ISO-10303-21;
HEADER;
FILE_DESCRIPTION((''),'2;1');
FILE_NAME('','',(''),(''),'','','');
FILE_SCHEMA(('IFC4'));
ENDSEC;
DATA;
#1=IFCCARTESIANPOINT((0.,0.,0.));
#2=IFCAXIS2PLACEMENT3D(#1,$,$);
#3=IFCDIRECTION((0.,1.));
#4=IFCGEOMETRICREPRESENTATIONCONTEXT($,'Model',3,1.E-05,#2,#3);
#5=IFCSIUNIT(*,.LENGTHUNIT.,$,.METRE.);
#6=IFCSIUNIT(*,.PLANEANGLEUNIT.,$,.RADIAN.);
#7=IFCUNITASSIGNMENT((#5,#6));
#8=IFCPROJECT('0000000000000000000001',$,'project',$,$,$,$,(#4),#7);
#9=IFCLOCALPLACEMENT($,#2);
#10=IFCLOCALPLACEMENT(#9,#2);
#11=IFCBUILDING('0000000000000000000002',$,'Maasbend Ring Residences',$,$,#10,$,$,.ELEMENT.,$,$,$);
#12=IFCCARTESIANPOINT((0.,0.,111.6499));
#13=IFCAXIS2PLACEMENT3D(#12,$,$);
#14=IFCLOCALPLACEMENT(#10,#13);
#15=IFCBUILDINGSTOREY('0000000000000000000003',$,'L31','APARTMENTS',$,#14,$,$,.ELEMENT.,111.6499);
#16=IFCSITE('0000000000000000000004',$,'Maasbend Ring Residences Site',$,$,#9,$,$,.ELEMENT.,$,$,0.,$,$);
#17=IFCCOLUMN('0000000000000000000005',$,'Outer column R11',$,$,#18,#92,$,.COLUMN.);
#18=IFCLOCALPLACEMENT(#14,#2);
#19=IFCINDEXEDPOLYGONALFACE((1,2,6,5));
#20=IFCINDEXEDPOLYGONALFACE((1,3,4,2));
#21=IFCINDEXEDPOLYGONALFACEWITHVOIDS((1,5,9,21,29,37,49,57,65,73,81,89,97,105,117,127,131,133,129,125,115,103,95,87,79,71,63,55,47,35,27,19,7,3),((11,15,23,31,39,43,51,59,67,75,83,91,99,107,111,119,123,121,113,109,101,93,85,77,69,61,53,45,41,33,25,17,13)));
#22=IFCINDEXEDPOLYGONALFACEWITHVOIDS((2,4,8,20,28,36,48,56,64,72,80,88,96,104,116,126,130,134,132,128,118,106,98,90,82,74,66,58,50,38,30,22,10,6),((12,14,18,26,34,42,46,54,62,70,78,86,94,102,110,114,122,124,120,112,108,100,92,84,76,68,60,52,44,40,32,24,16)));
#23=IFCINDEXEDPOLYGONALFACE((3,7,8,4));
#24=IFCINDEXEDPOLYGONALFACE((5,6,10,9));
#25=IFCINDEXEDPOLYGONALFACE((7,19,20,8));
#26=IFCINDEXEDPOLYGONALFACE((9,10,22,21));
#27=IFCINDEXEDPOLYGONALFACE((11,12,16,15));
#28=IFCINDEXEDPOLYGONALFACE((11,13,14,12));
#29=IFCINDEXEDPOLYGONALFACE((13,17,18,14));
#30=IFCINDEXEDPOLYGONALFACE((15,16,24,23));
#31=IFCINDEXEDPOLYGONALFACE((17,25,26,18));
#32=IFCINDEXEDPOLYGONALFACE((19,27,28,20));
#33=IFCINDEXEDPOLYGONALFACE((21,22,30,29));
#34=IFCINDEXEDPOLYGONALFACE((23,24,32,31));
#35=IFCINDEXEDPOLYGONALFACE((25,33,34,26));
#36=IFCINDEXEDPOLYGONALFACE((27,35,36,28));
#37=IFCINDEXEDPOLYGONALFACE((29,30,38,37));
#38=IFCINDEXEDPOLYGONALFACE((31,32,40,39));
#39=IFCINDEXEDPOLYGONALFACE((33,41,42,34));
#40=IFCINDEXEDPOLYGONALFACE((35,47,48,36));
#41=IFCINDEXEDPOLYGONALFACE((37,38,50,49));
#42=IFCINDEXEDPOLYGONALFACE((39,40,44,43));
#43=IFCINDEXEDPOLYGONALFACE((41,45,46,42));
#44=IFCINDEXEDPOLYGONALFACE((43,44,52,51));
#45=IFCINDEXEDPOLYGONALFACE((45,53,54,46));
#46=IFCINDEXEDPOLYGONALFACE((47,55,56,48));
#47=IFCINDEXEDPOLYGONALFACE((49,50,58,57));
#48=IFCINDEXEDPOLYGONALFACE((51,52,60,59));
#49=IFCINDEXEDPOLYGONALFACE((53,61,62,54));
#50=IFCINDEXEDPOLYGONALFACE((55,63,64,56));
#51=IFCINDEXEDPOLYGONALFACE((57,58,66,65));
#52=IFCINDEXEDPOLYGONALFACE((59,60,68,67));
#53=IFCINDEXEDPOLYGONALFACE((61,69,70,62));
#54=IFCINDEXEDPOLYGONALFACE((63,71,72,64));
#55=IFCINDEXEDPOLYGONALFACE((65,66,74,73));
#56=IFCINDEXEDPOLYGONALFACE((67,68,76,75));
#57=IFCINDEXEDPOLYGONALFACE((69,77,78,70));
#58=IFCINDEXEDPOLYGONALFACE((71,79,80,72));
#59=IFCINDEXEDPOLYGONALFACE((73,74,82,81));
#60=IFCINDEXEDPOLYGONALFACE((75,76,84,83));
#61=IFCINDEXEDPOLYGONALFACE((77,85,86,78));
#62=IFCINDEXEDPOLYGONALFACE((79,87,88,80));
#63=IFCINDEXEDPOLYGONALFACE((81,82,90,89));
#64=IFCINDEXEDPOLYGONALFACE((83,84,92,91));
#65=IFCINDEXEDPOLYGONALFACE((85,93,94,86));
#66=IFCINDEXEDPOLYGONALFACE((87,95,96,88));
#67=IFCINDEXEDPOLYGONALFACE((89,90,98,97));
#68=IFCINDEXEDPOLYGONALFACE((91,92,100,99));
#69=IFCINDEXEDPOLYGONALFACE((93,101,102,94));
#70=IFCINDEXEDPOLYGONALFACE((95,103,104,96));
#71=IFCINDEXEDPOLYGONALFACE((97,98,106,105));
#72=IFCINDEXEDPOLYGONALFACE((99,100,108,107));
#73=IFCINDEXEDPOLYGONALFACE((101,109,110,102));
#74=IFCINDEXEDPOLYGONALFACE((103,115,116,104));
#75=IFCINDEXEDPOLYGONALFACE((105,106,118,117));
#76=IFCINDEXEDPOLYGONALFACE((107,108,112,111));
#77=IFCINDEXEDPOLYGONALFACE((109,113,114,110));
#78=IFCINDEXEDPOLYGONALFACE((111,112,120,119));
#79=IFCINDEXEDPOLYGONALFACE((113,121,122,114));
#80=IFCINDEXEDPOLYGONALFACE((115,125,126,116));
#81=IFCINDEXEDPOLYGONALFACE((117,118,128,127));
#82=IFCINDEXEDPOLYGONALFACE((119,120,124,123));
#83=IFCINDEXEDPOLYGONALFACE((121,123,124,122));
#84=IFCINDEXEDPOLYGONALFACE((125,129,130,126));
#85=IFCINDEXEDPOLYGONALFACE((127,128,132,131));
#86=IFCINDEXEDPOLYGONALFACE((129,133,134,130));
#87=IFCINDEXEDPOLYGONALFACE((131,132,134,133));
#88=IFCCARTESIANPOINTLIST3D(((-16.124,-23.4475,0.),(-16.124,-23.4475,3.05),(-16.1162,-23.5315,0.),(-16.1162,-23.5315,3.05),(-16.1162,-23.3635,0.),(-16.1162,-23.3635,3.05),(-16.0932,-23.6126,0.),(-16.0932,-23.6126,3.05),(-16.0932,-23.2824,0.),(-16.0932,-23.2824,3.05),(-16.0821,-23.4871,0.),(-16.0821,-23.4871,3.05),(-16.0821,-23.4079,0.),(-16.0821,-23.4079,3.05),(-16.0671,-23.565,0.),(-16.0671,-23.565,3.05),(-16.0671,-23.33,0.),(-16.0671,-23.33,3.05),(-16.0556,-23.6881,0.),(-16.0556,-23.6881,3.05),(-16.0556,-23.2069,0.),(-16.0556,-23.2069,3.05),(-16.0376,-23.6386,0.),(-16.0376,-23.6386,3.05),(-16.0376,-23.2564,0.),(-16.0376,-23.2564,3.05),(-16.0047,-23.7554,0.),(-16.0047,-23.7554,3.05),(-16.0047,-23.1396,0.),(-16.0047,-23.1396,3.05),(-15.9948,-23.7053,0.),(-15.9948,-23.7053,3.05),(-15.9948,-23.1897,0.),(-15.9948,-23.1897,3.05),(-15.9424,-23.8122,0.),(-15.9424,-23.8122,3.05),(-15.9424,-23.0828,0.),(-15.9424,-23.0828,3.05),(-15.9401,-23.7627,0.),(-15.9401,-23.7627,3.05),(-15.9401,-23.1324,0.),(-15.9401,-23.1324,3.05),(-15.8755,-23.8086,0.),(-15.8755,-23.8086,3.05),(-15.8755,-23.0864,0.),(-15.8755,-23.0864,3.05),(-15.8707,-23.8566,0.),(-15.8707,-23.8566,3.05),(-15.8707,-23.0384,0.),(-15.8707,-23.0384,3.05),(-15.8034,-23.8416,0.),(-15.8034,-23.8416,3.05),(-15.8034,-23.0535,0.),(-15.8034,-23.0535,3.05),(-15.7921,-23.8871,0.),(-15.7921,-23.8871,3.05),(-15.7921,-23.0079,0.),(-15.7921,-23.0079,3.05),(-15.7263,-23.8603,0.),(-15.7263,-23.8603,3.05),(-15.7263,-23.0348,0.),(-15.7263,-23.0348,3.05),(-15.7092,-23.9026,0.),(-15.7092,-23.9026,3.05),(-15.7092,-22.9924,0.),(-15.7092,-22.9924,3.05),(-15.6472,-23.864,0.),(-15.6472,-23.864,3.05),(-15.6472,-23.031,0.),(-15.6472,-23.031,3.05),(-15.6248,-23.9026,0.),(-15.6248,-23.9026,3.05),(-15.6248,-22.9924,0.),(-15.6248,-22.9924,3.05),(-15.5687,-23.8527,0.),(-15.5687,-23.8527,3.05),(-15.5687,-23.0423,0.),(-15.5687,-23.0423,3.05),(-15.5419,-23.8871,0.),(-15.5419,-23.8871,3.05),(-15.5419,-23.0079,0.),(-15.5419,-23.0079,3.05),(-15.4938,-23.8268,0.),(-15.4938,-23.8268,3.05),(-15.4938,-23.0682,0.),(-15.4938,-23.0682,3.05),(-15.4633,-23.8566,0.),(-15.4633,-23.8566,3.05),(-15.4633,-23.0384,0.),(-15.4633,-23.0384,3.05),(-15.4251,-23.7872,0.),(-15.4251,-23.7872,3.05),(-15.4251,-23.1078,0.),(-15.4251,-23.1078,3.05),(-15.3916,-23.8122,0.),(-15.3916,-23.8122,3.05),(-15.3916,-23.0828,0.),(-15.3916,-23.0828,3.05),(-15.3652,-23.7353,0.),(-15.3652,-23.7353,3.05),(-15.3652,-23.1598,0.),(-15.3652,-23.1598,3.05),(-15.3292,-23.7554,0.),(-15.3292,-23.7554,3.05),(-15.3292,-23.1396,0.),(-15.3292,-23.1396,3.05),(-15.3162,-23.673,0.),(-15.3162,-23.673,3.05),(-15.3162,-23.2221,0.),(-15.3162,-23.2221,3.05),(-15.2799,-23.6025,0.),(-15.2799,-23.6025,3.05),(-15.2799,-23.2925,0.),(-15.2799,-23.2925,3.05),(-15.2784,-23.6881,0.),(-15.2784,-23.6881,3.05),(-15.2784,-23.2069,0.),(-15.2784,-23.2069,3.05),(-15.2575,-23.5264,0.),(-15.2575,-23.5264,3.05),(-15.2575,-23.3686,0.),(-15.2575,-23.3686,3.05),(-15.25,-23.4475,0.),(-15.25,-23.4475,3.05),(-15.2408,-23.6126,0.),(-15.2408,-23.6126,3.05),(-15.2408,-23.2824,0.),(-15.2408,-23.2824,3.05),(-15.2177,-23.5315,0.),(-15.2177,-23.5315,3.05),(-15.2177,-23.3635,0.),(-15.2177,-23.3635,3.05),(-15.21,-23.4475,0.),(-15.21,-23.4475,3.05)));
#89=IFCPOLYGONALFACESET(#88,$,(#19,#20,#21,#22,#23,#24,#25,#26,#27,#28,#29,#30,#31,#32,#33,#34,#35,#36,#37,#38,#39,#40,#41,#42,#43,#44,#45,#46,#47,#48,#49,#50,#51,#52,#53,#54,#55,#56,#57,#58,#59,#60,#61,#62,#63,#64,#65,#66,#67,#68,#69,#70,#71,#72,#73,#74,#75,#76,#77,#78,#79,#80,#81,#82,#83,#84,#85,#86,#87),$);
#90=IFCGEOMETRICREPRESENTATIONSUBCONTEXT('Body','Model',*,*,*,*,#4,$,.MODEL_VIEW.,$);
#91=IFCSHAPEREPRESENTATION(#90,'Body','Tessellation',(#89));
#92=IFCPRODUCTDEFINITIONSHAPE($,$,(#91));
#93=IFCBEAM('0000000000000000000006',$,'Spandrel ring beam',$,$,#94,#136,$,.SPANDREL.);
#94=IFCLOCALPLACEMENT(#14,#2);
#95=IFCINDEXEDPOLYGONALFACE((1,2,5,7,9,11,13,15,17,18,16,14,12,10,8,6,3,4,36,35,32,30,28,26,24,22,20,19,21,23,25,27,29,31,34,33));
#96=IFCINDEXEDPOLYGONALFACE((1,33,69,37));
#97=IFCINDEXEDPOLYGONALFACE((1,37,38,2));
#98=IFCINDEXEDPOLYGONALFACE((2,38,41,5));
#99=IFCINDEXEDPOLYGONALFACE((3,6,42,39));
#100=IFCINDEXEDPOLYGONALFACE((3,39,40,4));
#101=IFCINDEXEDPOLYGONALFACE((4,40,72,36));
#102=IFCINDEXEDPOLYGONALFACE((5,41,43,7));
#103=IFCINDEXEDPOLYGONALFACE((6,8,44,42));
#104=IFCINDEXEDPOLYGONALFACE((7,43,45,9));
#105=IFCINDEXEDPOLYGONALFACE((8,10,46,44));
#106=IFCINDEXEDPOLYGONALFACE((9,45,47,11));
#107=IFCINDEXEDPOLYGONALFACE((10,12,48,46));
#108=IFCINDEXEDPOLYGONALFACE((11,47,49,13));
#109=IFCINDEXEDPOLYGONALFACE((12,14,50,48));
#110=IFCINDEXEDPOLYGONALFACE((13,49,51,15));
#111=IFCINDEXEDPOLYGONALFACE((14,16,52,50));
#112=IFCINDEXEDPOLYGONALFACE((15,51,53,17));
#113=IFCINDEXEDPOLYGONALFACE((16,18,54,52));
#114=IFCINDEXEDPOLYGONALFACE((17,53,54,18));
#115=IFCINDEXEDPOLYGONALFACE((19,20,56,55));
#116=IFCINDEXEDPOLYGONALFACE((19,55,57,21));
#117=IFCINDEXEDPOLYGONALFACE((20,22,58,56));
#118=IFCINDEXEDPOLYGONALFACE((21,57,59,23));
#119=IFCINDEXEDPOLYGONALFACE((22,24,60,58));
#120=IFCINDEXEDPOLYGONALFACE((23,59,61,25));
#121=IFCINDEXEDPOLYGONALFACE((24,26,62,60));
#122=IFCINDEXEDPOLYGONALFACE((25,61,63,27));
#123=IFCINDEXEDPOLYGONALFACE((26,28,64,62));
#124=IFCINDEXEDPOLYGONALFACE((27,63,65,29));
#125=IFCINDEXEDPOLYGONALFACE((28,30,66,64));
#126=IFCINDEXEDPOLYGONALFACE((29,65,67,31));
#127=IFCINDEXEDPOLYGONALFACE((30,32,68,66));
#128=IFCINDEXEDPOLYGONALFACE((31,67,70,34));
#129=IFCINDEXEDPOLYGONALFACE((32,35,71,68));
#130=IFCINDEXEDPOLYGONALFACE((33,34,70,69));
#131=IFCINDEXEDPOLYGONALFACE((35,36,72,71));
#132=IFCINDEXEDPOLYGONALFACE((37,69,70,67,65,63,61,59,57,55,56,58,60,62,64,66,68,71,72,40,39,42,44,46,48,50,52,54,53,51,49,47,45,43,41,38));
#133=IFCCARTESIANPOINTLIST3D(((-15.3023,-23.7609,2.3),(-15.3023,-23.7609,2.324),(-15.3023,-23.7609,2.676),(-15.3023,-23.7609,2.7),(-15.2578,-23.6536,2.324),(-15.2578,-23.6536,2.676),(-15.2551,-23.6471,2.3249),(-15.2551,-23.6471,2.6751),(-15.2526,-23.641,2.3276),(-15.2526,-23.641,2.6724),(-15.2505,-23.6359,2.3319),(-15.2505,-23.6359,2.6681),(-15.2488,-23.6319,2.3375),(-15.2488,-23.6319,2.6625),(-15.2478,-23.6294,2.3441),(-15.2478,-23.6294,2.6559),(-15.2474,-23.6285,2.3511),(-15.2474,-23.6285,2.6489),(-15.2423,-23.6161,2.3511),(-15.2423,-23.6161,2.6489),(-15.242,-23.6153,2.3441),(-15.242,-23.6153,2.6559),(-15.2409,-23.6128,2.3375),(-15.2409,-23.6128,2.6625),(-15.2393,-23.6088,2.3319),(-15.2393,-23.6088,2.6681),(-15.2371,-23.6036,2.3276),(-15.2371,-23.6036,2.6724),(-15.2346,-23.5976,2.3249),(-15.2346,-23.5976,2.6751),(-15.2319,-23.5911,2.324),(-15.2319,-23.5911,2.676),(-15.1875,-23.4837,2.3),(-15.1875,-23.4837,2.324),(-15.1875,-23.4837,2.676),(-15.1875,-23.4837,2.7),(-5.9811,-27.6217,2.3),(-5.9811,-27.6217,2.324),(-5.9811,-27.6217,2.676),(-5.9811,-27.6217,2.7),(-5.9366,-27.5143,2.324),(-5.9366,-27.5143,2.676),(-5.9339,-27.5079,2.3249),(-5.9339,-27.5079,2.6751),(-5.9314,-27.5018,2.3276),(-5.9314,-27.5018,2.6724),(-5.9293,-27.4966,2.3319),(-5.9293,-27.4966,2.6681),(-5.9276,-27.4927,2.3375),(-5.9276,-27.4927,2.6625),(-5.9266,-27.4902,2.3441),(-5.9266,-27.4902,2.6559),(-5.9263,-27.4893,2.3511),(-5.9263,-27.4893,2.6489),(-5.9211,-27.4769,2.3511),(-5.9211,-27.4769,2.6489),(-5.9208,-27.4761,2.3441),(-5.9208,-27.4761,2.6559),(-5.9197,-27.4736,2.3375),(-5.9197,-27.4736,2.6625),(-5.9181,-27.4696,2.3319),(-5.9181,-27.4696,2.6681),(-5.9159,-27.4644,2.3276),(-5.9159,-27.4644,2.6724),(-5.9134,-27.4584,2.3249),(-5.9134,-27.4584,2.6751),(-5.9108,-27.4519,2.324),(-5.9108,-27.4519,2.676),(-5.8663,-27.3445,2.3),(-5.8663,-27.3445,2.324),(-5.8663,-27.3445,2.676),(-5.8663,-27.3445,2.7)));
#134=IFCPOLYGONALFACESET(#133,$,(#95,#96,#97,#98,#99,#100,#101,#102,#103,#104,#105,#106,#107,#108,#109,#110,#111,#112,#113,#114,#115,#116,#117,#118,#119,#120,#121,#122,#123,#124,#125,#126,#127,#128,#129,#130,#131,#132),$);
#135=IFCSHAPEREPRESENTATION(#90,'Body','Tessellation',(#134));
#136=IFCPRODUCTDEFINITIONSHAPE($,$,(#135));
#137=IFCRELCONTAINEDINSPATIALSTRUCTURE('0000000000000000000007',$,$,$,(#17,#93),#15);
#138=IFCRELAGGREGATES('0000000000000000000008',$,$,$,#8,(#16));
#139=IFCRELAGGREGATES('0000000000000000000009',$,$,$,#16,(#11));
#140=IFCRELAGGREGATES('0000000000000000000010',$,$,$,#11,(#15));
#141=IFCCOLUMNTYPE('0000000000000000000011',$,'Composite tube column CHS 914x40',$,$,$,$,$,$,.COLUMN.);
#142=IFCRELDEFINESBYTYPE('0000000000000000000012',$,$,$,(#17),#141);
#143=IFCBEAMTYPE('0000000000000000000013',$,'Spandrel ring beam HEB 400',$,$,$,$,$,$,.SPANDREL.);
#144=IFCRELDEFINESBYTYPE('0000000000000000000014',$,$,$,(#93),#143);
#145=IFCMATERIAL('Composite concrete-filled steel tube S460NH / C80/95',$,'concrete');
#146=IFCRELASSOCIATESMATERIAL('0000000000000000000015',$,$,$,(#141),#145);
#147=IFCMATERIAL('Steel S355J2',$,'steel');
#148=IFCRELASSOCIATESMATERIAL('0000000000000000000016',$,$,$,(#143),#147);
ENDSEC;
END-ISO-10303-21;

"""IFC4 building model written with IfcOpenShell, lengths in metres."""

from ifc_helpers import new_model, si_unit, direction, frame, origin, origin_2d, place, context, subcontext, project, spatial, hollow_circle, i_section, extrude, material, material_profile, profile_set, type_object, element, save


model = new_model("IFC4")

# Units and contexts
model_context = context("Model", 3, precision=1e-05, world=origin(), true_north=direction((0.0, 1.0)))
body_context = subcontext(model_context, "Body", "Model", "MODEL_VIEW")
ifc_project = project(units=[si_unit("LENGTHUNIT", "METRE"), si_unit("PLANEANGLEUNIT", "RADIAN")], contexts=[model_context])

# Site, building, storey
site_placement = place(None, origin())
site = spatial("IfcSite", under=ifc_project, at=site_placement, Name="Maasbend Ring Residences Site", CompositionType="ELEMENT", RefElevation=0.0)
building_placement = place(site_placement, origin())
building = spatial("IfcBuilding", under=site, at=building_placement, Name="Maasbend Ring Residences", CompositionType="ELEMENT")
storey_placement = place(building_placement, frame((0.0, 0.0, 111.6499)))
storey = spatial("IfcBuildingStorey", under=building, at=storey_placement, Name="L31", Description="APARTMENTS", CompositionType="ELEMENT", Elevation=111.6499)

# Column
ifc_material_1 = material(Name="Composite concrete-filled steel tube S460NH / C80/95", Category="concrete")
ifc_material_profile_1 = material_profile(ifc_material_1, hollow_circle(Radius=0.457, WallThickness=0.04, at=origin_2d()), Name="Composite tube column CHS 914x40")
ifc_profile_set_1 = profile_set([ifc_material_profile_1], Name="Composite concrete-filled steel tube S460NH / C80/95")
column_type = type_object("IfcColumnType", Name="Composite tube column CHS 914x40", PredefinedType="COLUMN", material=ifc_profile_set_1)
column_placement = place(storey_placement, frame((-15.667, -23.4475, 0.0), z_axis=(0.0, 0.0, 1.0), x_axis=(1.0, 0.0, 0.0)))
element("IfcColumn", 1, at=column_placement, inside=storey, type_object=column_type, Name="Outer column R11", PredefinedType="COLUMN", context=body_context, shape_type="SweptSolid", body=[
    extrude(hollow_circle(Radius=0.457, WallThickness=0.04, at=origin_2d()), origin(), (0.0, 0.0, 1.0), 3.05),
])

# Beam
ifc_material_2 = material(Name="Steel S355J2", Category="steel")
ifc_material_profile_2 = material_profile(ifc_material_2, i_section(OverallWidth=0.3, OverallDepth=0.3999, WebThickness=0.0134, FlangeThickness=0.0239, FilletRadius=0.0271, at=origin_2d()), Name="HEB 400")
ifc_profile_set_2 = profile_set([ifc_material_profile_2], Name="Steel S355J2")
beam_type = type_object("IfcBeamType", Name="Spandrel ring beam HEB 400", PredefinedType="SPANDREL", material=ifc_profile_set_2)
beam_placement = place(storey_placement, frame((-15.2449, -23.6223, 2.5), z_axis=(0.923885, -0.38267, 0.0), x_axis=(0.38267, 0.923885, 0.0)))
element("IfcBeam", 2, at=beam_placement, inside=storey, type_object=beam_type, Name="Spandrel ring beam", PredefinedType="SPANDREL", context=body_context, shape_type="SweptSolid", body=[
    extrude(i_section(OverallWidth=0.3, OverallDepth=0.3999, WebThickness=0.0134, FlangeThickness=0.0239, FilletRadius=0.0271, at=origin_2d()), origin(), (0.0, 0.0, 1.0), 10.0891),
])

save(model, "model.ifc")
